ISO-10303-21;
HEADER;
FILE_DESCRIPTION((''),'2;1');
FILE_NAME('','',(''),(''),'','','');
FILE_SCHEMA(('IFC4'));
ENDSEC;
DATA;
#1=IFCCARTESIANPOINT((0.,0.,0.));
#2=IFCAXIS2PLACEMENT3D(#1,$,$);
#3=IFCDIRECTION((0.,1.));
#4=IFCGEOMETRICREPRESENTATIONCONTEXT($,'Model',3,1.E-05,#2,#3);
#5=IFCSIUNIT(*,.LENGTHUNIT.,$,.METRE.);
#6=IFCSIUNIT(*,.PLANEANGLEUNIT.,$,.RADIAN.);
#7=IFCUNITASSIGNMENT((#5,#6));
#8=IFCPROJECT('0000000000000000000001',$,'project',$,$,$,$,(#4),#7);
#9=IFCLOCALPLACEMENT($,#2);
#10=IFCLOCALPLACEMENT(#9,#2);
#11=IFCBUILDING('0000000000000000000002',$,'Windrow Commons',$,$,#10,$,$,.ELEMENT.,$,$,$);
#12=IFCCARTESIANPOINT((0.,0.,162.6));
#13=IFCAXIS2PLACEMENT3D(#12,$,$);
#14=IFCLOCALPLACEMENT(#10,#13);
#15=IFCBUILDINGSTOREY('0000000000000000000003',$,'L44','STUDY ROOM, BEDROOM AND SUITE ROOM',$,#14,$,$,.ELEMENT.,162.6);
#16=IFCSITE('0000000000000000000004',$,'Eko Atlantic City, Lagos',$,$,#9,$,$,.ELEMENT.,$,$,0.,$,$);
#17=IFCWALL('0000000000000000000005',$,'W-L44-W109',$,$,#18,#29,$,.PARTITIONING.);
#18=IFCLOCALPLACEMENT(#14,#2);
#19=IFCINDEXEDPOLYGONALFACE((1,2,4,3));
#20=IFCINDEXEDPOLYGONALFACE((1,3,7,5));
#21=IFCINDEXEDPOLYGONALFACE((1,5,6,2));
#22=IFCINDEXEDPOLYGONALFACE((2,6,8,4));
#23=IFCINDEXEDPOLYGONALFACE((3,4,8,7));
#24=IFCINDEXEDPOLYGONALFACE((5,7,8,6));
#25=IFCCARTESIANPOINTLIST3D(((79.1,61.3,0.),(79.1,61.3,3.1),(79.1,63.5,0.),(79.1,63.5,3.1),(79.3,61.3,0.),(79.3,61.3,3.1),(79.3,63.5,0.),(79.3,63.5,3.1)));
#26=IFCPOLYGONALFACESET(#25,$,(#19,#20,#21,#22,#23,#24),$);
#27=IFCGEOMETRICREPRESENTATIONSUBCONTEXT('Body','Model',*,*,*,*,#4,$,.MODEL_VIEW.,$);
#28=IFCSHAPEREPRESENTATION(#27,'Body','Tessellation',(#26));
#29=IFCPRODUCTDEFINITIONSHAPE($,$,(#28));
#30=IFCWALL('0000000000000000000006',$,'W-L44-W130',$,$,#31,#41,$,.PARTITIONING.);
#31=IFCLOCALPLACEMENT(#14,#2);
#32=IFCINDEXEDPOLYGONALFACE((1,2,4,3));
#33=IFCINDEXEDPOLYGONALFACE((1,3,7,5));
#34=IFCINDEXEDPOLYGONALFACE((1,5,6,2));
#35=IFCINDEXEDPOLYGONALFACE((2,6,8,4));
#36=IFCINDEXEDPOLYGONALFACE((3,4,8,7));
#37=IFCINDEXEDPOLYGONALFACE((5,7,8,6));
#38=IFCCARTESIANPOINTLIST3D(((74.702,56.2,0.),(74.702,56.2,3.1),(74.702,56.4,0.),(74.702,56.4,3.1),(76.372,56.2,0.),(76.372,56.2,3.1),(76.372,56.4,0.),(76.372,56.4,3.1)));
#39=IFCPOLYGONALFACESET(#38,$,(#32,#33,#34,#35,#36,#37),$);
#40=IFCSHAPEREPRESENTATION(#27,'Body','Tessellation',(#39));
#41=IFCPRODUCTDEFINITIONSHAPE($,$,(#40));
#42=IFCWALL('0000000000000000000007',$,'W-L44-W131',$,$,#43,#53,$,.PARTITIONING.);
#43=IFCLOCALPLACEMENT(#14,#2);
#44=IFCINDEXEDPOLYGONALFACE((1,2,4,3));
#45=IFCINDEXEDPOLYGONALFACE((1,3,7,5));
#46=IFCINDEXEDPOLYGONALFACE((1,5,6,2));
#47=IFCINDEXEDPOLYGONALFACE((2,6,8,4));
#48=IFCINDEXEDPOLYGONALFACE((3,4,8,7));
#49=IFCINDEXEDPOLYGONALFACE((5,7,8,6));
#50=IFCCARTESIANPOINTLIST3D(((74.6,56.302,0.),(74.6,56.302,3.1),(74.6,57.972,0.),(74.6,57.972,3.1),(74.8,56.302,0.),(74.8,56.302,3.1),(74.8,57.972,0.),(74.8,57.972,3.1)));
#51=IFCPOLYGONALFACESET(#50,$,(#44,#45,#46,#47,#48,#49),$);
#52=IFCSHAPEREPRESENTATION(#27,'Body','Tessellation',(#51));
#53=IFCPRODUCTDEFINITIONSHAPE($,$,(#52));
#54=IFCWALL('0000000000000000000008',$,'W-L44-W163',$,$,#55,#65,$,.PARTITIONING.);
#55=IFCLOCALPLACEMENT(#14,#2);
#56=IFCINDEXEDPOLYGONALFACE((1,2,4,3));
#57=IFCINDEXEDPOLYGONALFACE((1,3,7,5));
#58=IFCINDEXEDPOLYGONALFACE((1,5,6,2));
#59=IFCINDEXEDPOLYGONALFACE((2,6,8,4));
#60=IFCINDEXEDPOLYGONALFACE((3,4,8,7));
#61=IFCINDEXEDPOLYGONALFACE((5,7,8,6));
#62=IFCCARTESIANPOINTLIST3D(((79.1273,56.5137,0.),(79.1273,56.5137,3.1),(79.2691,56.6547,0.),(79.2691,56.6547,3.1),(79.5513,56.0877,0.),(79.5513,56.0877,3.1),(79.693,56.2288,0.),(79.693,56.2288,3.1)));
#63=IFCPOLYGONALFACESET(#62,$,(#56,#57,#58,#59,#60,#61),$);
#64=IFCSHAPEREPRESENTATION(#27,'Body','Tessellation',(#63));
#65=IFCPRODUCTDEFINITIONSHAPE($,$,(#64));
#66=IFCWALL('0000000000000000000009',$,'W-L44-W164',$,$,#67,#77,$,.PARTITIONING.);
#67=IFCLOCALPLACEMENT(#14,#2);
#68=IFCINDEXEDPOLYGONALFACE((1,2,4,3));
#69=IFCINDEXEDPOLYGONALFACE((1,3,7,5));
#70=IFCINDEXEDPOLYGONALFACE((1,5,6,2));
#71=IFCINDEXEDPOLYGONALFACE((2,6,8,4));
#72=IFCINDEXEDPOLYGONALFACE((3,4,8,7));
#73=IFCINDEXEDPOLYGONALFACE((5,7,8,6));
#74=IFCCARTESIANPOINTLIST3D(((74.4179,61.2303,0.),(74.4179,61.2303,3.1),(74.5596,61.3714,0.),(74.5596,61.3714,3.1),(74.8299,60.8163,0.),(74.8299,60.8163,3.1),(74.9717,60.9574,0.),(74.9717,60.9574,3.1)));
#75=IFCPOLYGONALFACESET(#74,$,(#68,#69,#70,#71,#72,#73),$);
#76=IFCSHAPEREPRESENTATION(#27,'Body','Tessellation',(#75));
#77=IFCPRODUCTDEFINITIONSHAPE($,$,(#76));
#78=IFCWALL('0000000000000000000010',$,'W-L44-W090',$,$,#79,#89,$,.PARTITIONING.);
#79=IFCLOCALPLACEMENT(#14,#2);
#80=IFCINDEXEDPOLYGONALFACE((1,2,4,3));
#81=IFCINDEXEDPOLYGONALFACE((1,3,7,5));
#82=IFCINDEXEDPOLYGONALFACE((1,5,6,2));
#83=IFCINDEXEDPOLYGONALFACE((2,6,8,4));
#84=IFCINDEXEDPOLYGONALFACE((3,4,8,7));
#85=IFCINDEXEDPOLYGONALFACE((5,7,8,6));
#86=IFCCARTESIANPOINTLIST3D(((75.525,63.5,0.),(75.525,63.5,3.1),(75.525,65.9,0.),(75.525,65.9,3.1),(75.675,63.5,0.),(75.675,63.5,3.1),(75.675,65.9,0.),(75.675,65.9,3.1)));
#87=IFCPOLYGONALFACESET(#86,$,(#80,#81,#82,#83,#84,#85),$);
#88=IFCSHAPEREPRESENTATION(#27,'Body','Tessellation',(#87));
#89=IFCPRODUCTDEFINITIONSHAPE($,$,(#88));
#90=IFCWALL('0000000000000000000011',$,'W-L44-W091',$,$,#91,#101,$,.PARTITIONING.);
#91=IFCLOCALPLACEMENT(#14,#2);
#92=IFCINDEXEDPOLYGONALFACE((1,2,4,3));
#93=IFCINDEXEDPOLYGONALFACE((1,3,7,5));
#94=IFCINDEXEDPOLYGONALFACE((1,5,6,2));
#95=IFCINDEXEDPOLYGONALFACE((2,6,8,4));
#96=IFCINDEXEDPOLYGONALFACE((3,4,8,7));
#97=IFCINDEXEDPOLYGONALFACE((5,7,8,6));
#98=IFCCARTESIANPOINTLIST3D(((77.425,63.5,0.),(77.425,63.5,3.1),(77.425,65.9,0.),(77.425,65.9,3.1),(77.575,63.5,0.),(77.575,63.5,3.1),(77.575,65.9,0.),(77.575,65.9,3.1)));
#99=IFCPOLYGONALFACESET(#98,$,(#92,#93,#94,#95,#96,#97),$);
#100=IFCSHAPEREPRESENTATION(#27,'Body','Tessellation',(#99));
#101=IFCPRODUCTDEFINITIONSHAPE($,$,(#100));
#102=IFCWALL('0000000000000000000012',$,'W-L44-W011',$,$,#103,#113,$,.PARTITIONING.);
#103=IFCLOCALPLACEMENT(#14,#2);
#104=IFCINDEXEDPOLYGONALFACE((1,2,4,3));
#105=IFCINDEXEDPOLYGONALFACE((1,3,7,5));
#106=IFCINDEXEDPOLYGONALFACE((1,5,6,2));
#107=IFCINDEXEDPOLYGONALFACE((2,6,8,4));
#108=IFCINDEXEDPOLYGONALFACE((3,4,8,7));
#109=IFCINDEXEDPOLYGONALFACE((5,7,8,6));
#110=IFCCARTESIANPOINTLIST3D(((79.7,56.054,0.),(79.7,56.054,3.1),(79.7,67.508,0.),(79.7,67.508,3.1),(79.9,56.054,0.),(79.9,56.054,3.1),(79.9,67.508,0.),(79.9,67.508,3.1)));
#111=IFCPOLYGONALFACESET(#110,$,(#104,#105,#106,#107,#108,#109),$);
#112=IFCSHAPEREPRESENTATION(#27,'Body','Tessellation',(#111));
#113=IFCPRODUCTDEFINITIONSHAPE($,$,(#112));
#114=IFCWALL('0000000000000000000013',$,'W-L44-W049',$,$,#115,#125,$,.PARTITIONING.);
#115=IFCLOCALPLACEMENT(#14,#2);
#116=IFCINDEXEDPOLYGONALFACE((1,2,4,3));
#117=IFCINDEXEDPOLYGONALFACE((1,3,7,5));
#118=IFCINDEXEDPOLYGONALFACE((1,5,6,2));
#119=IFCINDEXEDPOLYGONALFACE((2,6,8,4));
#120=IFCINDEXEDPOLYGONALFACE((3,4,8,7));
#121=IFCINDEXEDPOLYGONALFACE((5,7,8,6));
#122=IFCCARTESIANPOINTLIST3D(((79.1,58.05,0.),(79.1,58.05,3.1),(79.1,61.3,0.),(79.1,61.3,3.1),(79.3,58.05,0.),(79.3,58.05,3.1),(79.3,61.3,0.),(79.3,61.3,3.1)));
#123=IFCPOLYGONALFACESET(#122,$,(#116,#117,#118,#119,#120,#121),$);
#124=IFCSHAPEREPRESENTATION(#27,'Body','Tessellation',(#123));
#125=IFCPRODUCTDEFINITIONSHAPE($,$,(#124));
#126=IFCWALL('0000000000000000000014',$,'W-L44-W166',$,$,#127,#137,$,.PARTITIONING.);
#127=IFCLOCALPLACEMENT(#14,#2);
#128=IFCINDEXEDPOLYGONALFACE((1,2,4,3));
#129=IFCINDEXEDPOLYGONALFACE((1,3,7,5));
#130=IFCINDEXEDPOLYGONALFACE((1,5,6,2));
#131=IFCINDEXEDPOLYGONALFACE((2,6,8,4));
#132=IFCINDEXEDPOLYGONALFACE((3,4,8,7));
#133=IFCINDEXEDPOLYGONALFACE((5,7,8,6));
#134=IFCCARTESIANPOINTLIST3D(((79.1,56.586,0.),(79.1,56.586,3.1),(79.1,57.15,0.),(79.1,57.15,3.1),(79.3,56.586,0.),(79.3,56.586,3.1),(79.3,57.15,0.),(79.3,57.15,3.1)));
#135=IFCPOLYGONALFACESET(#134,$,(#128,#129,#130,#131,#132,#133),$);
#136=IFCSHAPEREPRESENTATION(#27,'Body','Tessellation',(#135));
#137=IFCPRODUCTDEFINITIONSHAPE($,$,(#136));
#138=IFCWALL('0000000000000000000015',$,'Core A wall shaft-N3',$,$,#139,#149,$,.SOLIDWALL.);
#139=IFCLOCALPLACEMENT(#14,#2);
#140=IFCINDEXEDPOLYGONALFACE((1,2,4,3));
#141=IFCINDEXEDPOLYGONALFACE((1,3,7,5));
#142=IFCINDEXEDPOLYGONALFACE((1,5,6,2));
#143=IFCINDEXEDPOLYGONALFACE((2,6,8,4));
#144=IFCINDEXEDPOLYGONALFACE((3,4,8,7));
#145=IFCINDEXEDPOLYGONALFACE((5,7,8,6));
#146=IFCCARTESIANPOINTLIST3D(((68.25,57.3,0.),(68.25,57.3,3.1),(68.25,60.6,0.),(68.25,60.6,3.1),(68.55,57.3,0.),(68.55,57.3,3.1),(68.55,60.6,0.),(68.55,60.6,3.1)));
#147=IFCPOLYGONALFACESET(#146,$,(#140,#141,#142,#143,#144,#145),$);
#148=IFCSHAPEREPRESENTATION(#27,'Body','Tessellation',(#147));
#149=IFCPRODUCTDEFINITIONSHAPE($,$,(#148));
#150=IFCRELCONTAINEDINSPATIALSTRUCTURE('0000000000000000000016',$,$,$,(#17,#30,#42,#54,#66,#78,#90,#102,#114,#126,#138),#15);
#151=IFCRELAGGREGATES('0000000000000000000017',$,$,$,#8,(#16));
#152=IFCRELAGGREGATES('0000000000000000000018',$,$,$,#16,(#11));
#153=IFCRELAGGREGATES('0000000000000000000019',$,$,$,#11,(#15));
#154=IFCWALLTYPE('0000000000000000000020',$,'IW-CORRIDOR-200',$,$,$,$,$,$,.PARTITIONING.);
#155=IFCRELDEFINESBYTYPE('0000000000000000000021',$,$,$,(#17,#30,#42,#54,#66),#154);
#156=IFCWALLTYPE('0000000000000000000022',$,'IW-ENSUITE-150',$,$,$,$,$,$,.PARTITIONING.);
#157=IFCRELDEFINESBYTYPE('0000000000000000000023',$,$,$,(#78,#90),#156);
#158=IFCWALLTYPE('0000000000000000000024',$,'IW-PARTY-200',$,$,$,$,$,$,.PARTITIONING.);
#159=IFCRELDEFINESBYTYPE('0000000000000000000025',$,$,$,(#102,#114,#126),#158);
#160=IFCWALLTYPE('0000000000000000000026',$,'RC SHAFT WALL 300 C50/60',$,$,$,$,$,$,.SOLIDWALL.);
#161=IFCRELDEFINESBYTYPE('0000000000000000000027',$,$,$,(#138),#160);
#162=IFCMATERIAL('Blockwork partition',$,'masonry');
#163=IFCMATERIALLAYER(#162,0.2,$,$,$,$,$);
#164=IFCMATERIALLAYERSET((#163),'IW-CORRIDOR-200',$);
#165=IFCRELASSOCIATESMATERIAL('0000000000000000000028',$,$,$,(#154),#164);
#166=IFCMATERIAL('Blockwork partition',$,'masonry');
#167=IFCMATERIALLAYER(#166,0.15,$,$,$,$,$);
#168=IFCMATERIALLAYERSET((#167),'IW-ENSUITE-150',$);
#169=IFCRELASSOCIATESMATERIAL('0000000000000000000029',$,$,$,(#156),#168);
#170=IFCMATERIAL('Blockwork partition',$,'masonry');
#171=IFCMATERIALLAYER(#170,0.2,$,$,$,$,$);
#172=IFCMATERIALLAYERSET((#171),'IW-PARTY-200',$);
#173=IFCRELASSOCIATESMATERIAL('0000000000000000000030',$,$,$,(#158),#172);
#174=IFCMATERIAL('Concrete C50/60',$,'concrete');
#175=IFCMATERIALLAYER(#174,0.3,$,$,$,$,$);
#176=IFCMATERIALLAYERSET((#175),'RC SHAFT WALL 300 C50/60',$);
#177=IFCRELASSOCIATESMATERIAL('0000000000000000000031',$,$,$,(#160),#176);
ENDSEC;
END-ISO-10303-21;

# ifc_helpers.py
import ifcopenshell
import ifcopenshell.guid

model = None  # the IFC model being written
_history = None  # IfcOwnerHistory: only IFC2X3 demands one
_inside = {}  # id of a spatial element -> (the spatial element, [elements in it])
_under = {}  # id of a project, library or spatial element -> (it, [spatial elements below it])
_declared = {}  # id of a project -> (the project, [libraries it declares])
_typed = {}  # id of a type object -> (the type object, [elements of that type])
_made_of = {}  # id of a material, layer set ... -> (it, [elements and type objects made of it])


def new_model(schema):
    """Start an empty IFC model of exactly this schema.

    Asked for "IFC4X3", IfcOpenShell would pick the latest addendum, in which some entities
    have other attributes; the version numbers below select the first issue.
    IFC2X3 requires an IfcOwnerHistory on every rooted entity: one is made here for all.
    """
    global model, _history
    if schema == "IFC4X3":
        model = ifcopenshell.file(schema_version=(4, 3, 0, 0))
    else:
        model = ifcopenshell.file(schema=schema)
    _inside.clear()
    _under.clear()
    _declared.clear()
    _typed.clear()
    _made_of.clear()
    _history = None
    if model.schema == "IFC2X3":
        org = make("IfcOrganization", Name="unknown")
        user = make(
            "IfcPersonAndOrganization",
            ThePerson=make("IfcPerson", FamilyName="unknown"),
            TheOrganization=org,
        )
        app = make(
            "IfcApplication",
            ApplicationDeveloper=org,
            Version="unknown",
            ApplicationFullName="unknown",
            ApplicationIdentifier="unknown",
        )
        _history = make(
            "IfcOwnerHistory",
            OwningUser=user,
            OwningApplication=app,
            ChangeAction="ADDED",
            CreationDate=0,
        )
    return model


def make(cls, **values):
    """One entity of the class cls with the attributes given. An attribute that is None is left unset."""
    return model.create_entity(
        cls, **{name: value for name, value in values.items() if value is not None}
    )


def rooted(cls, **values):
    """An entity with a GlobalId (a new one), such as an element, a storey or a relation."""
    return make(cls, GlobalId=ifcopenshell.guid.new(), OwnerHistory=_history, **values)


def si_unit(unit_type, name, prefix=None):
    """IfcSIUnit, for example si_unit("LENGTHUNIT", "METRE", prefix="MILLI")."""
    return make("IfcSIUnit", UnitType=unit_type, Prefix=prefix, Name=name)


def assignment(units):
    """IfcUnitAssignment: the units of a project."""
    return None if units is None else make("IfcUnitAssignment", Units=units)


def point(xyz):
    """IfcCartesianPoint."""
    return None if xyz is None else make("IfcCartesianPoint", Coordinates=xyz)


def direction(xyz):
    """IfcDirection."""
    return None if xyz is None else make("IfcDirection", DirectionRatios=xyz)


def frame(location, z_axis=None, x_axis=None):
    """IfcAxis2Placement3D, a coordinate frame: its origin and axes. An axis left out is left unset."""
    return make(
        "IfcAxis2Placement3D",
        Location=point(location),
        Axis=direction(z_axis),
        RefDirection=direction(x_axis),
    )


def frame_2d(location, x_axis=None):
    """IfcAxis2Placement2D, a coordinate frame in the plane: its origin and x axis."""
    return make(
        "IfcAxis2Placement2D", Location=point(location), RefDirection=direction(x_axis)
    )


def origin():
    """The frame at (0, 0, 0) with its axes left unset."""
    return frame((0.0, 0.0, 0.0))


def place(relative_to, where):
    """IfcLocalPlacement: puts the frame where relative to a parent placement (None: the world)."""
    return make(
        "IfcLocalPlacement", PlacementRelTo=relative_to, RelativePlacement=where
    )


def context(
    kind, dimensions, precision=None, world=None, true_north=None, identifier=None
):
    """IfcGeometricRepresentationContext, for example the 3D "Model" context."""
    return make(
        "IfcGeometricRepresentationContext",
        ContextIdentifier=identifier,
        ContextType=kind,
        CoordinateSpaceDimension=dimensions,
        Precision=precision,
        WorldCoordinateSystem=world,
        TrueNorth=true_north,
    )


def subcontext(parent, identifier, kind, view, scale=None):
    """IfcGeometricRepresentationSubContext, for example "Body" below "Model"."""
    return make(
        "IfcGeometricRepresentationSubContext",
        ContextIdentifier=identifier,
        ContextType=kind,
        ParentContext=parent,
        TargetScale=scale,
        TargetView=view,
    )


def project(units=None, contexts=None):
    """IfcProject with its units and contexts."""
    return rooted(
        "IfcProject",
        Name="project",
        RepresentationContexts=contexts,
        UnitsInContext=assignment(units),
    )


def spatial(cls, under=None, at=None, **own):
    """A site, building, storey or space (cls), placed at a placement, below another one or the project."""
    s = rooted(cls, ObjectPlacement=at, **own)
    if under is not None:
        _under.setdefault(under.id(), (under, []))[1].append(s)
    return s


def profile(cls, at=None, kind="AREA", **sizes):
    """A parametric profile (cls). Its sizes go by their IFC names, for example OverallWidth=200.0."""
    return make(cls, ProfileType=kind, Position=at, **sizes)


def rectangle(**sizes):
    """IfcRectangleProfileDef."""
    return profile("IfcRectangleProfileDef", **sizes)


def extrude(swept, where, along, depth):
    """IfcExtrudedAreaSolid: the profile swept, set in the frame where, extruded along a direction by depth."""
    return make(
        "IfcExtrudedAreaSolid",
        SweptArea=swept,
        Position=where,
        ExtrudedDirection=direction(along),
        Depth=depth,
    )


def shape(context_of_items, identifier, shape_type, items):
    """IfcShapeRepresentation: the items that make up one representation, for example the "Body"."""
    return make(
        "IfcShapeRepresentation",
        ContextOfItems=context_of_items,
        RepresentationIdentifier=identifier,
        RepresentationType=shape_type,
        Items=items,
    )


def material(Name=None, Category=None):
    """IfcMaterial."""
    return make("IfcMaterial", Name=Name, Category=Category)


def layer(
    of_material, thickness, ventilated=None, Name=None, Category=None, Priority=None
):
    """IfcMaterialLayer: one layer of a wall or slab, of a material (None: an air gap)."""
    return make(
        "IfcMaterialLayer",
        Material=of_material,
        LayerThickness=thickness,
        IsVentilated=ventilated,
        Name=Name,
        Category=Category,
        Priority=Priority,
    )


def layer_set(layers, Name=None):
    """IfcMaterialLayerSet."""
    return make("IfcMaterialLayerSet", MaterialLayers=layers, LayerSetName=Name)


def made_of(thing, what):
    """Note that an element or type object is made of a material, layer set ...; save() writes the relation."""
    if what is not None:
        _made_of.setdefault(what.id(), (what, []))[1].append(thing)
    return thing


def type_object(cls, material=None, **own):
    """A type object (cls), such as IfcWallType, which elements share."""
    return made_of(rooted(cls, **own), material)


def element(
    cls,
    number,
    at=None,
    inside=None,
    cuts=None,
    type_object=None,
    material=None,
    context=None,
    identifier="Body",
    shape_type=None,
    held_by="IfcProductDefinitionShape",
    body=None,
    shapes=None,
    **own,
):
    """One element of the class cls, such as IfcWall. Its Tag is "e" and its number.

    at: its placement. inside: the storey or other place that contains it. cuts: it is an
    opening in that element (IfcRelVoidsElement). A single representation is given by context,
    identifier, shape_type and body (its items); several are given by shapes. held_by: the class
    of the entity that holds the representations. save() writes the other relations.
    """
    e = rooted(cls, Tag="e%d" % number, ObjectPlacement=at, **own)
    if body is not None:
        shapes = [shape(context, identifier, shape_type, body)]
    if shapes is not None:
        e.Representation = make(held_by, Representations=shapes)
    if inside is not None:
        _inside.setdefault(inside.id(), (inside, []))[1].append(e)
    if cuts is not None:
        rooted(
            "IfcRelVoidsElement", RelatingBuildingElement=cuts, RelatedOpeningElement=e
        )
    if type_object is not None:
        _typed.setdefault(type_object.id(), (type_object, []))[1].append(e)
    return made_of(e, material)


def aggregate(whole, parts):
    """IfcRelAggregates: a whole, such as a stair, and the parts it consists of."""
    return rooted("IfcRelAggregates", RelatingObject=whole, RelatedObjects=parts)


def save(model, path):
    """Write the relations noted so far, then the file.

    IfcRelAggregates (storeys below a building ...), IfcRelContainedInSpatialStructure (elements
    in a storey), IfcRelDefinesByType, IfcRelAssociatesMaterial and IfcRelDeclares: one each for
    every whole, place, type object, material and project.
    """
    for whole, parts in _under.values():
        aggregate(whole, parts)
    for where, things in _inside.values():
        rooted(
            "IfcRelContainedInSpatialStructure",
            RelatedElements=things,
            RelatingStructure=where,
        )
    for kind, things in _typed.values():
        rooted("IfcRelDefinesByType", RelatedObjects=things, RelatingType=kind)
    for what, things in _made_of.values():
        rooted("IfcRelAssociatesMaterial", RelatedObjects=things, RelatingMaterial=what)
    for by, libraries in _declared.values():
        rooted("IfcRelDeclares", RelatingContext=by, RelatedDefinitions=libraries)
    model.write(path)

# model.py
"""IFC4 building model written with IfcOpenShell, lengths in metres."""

from ifc_helpers import new_model, si_unit, direction, frame, frame_2d, origin, place, context, subcontext, project, spatial, rectangle, extrude, material, layer, layer_set, type_object, element, save


model = new_model("IFC4")

# Units and contexts
model_context = context("Model", 3, precision=1e-05, world=origin(), true_north=direction((0.0, 1.0)))
body_context = subcontext(model_context, "Body", "Model", "MODEL_VIEW")
ifc_project = project(units=[si_unit("LENGTHUNIT", "METRE"), si_unit("PLANEANGLEUNIT", "RADIAN")], contexts=[model_context])

# Site, building, storey
site_placement = place(None, origin())
site = spatial("IfcSite", under=ifc_project, at=site_placement, Name="Eko Atlantic City, Lagos", CompositionType="ELEMENT", RefElevation=0.0)
building_placement = place(site_placement, origin())
building = spatial("IfcBuilding", under=site, at=building_placement, Name="Windrow Commons", CompositionType="ELEMENT")
storey_placement = place(building_placement, frame((0.0, 0.0, 162.6)))
storey = spatial("IfcBuildingStorey", under=building, at=storey_placement, Name="L44", Description="STUDY ROOM, BEDROOM AND SUITE ROOM", CompositionType="ELEMENT", Elevation=162.6)

# Shared definitions
ifc_material_1 = material(Name="Blockwork partition", Category="masonry")
ifc_layer_1 = layer(ifc_material_1, 0.2)
ifc_layer_set_1 = layer_set([ifc_layer_1], Name="IW-CORRIDOR-200")
wall_type_1 = type_object("IfcWallType", Name="IW-CORRIDOR-200", PredefinedType="PARTITIONING", material=ifc_layer_set_1)

# Walls
wall_1_placement = place(storey_placement, frame((79.2, 61.3, 0.0), z_axis=(0.0, 0.0, 1.0), x_axis=(0.0, 1.0, 0.0)))
element("IfcWall", 1, at=wall_1_placement, inside=storey, type_object=wall_type_1, Name="W-L44-W109", PredefinedType="PARTITIONING", context=body_context, shape_type="SweptSolid", body=[
    extrude(rectangle(XDim=2.2, YDim=0.2, at=frame_2d((1.1, 0.0))), origin(), (0.0, 0.0, 1.0), 3.1),
])
for number, where, z_axis, x_axis, name in (
    (2, (74.702, 56.3, 0.0), (0.0, 0.0, 1.0), (1.0, 0.0, 0.0), "W-L44-W130"),
    (3, (74.7, 56.302, 0.0), (0.0, 0.0, 1.0), (0.0, 1.0, 0.0), "W-L44-W131"),
):
    element("IfcWall", number, at=place(storey_placement, frame(where, z_axis=z_axis, x_axis=x_axis)), inside=storey, type_object=wall_type_1, Name=name, PredefinedType="PARTITIONING", context=body_context, shape_type="SweptSolid", body=[
        extrude(rectangle(XDim=1.67, YDim=0.2, at=frame_2d((0.835, 0.0))), origin(), (0.0, 0.0, 1.0), 3.1),
    ])
wall_2_placement = place(storey_placement, frame((79.1982, 56.5842, 0.0), z_axis=(0.0, 0.0, 1.0), x_axis=(0.705441, -0.708769, 0.0)))
element("IfcWall", 4, at=wall_2_placement, inside=storey, type_object=wall_type_1, Name="W-L44-W163", PredefinedType="PARTITIONING", context=body_context, shape_type="SweptSolid", body=[
    extrude(rectangle(XDim=0.601, YDim=0.2, at=frame_2d((0.3005, 0.0))), origin(), (0.0, 0.0, 1.0), 3.1),
])
wall_3_placement = place(storey_placement, frame((74.4888, 61.3008, 0.0), z_axis=(0.0, 0.0, 1.0), x_axis=(0.705393, -0.708817, 0.0)))
element("IfcWall", 5, at=wall_3_placement, inside=storey, type_object=wall_type_1, Name="W-L44-W164", PredefinedType="PARTITIONING", context=body_context, shape_type="SweptSolid", body=[
    extrude(rectangle(XDim=0.5841, YDim=0.2, at=frame_2d((0.292, 0.0))), origin(), (0.0, 0.0, 1.0), 3.1),
])
ifc_material_2 = material(Name="Blockwork partition", Category="masonry")
ifc_layer_2 = layer(ifc_material_2, 0.15)
ifc_layer_set_2 = layer_set([ifc_layer_2], Name="IW-ENSUITE-150")
wall_type_2 = type_object("IfcWallType", Name="IW-ENSUITE-150", PredefinedType="PARTITIONING", material=ifc_layer_set_2)
for number, where, z_axis, x_axis, name in (
    (6, (75.6, 63.5, 0.0), (0.0, 0.0, 1.0), (0.0, 1.0, 0.0), "W-L44-W090"),
    (7, (77.5, 63.5, 0.0), (0.0, 0.0, 1.0), (0.0, 1.0, 0.0), "W-L44-W091"),
):
    element("IfcWall", number, at=place(storey_placement, frame(where, z_axis=z_axis, x_axis=x_axis)), inside=storey, type_object=wall_type_2, Name=name, PredefinedType="PARTITIONING", context=body_context, shape_type="SweptSolid", body=[
        extrude(rectangle(XDim=2.4, YDim=0.15, at=frame_2d((1.2, 0.0))), origin(), (0.0, 0.0, 1.0), 3.1),
    ])
ifc_material_3 = material(Name="Blockwork partition", Category="masonry")
ifc_layer_3 = layer(ifc_material_3, 0.2)
ifc_layer_set_3 = layer_set([ifc_layer_3], Name="IW-PARTY-200")
wall_type_3 = type_object("IfcWallType", Name="IW-PARTY-200", PredefinedType="PARTITIONING", material=ifc_layer_set_3)
wall_4_placement = place(storey_placement, frame((79.8, 56.054, 0.0), z_axis=(0.0, 0.0, 1.0), x_axis=(0.0, 1.0, 0.0)))
element("IfcWall", 8, at=wall_4_placement, inside=storey, type_object=wall_type_3, Name="W-L44-W011", PredefinedType="PARTITIONING", context=body_context, shape_type="SweptSolid", body=[
    extrude(rectangle(XDim=11.454, YDim=0.2, at=frame_2d((5.727, 0.0))), origin(), (0.0, 0.0, 1.0), 3.1),
])
wall_5_placement = place(storey_placement, frame((79.2, 58.05, 0.0), z_axis=(0.0, 0.0, 1.0), x_axis=(0.0, 1.0, 0.0)))
element("IfcWall", 9, at=wall_5_placement, inside=storey, type_object=wall_type_3, Name="W-L44-W049", PredefinedType="PARTITIONING", context=body_context, shape_type="SweptSolid", body=[
    extrude(rectangle(XDim=3.25, YDim=0.2, at=frame_2d((1.625, 0.0))), origin(), (0.0, 0.0, 1.0), 3.1),
])
wall_6_placement = place(storey_placement, frame((79.2, 56.586, 0.0), z_axis=(0.0, 0.0, 1.0), x_axis=(0.0, 1.0, 0.0)))
element("IfcWall", 10, at=wall_6_placement, inside=storey, type_object=wall_type_3, Name="W-L44-W166", PredefinedType="PARTITIONING", context=body_context, shape_type="SweptSolid", body=[
    extrude(rectangle(XDim=0.564, YDim=0.2, at=frame_2d((0.282, 0.0))), origin(), (0.0, 0.0, 1.0), 3.1),
])
ifc_material_4 = material(Name="Concrete C50/60", Category="concrete")
ifc_layer_4 = layer(ifc_material_4, 0.3)
ifc_layer_set_4 = layer_set([ifc_layer_4], Name="RC SHAFT WALL 300 C50/60")
wall_type_4 = type_object("IfcWallType", Name="RC SHAFT WALL 300 C50/60", PredefinedType="SOLIDWALL", material=ifc_layer_set_4)
wall_7_placement = place(storey_placement, frame((68.4, 57.3, 0.0), z_axis=(0.0, 0.0, 1.0), x_axis=(0.0, 1.0, 0.0)))
element("IfcWall", 11, at=wall_7_placement, inside=storey, type_object=wall_type_4, Name="Core A wall shaft-N3", PredefinedType="SOLIDWALL", context=body_context, shape_type="SweptSolid", body=[
    extrude(rectangle(XDim=3.3, YDim=0.3, at=frame_2d((1.65, 0.0))), origin(), (0.0, 0.0, 1.0), 3.1),
])

save(model, "model.ifc")
